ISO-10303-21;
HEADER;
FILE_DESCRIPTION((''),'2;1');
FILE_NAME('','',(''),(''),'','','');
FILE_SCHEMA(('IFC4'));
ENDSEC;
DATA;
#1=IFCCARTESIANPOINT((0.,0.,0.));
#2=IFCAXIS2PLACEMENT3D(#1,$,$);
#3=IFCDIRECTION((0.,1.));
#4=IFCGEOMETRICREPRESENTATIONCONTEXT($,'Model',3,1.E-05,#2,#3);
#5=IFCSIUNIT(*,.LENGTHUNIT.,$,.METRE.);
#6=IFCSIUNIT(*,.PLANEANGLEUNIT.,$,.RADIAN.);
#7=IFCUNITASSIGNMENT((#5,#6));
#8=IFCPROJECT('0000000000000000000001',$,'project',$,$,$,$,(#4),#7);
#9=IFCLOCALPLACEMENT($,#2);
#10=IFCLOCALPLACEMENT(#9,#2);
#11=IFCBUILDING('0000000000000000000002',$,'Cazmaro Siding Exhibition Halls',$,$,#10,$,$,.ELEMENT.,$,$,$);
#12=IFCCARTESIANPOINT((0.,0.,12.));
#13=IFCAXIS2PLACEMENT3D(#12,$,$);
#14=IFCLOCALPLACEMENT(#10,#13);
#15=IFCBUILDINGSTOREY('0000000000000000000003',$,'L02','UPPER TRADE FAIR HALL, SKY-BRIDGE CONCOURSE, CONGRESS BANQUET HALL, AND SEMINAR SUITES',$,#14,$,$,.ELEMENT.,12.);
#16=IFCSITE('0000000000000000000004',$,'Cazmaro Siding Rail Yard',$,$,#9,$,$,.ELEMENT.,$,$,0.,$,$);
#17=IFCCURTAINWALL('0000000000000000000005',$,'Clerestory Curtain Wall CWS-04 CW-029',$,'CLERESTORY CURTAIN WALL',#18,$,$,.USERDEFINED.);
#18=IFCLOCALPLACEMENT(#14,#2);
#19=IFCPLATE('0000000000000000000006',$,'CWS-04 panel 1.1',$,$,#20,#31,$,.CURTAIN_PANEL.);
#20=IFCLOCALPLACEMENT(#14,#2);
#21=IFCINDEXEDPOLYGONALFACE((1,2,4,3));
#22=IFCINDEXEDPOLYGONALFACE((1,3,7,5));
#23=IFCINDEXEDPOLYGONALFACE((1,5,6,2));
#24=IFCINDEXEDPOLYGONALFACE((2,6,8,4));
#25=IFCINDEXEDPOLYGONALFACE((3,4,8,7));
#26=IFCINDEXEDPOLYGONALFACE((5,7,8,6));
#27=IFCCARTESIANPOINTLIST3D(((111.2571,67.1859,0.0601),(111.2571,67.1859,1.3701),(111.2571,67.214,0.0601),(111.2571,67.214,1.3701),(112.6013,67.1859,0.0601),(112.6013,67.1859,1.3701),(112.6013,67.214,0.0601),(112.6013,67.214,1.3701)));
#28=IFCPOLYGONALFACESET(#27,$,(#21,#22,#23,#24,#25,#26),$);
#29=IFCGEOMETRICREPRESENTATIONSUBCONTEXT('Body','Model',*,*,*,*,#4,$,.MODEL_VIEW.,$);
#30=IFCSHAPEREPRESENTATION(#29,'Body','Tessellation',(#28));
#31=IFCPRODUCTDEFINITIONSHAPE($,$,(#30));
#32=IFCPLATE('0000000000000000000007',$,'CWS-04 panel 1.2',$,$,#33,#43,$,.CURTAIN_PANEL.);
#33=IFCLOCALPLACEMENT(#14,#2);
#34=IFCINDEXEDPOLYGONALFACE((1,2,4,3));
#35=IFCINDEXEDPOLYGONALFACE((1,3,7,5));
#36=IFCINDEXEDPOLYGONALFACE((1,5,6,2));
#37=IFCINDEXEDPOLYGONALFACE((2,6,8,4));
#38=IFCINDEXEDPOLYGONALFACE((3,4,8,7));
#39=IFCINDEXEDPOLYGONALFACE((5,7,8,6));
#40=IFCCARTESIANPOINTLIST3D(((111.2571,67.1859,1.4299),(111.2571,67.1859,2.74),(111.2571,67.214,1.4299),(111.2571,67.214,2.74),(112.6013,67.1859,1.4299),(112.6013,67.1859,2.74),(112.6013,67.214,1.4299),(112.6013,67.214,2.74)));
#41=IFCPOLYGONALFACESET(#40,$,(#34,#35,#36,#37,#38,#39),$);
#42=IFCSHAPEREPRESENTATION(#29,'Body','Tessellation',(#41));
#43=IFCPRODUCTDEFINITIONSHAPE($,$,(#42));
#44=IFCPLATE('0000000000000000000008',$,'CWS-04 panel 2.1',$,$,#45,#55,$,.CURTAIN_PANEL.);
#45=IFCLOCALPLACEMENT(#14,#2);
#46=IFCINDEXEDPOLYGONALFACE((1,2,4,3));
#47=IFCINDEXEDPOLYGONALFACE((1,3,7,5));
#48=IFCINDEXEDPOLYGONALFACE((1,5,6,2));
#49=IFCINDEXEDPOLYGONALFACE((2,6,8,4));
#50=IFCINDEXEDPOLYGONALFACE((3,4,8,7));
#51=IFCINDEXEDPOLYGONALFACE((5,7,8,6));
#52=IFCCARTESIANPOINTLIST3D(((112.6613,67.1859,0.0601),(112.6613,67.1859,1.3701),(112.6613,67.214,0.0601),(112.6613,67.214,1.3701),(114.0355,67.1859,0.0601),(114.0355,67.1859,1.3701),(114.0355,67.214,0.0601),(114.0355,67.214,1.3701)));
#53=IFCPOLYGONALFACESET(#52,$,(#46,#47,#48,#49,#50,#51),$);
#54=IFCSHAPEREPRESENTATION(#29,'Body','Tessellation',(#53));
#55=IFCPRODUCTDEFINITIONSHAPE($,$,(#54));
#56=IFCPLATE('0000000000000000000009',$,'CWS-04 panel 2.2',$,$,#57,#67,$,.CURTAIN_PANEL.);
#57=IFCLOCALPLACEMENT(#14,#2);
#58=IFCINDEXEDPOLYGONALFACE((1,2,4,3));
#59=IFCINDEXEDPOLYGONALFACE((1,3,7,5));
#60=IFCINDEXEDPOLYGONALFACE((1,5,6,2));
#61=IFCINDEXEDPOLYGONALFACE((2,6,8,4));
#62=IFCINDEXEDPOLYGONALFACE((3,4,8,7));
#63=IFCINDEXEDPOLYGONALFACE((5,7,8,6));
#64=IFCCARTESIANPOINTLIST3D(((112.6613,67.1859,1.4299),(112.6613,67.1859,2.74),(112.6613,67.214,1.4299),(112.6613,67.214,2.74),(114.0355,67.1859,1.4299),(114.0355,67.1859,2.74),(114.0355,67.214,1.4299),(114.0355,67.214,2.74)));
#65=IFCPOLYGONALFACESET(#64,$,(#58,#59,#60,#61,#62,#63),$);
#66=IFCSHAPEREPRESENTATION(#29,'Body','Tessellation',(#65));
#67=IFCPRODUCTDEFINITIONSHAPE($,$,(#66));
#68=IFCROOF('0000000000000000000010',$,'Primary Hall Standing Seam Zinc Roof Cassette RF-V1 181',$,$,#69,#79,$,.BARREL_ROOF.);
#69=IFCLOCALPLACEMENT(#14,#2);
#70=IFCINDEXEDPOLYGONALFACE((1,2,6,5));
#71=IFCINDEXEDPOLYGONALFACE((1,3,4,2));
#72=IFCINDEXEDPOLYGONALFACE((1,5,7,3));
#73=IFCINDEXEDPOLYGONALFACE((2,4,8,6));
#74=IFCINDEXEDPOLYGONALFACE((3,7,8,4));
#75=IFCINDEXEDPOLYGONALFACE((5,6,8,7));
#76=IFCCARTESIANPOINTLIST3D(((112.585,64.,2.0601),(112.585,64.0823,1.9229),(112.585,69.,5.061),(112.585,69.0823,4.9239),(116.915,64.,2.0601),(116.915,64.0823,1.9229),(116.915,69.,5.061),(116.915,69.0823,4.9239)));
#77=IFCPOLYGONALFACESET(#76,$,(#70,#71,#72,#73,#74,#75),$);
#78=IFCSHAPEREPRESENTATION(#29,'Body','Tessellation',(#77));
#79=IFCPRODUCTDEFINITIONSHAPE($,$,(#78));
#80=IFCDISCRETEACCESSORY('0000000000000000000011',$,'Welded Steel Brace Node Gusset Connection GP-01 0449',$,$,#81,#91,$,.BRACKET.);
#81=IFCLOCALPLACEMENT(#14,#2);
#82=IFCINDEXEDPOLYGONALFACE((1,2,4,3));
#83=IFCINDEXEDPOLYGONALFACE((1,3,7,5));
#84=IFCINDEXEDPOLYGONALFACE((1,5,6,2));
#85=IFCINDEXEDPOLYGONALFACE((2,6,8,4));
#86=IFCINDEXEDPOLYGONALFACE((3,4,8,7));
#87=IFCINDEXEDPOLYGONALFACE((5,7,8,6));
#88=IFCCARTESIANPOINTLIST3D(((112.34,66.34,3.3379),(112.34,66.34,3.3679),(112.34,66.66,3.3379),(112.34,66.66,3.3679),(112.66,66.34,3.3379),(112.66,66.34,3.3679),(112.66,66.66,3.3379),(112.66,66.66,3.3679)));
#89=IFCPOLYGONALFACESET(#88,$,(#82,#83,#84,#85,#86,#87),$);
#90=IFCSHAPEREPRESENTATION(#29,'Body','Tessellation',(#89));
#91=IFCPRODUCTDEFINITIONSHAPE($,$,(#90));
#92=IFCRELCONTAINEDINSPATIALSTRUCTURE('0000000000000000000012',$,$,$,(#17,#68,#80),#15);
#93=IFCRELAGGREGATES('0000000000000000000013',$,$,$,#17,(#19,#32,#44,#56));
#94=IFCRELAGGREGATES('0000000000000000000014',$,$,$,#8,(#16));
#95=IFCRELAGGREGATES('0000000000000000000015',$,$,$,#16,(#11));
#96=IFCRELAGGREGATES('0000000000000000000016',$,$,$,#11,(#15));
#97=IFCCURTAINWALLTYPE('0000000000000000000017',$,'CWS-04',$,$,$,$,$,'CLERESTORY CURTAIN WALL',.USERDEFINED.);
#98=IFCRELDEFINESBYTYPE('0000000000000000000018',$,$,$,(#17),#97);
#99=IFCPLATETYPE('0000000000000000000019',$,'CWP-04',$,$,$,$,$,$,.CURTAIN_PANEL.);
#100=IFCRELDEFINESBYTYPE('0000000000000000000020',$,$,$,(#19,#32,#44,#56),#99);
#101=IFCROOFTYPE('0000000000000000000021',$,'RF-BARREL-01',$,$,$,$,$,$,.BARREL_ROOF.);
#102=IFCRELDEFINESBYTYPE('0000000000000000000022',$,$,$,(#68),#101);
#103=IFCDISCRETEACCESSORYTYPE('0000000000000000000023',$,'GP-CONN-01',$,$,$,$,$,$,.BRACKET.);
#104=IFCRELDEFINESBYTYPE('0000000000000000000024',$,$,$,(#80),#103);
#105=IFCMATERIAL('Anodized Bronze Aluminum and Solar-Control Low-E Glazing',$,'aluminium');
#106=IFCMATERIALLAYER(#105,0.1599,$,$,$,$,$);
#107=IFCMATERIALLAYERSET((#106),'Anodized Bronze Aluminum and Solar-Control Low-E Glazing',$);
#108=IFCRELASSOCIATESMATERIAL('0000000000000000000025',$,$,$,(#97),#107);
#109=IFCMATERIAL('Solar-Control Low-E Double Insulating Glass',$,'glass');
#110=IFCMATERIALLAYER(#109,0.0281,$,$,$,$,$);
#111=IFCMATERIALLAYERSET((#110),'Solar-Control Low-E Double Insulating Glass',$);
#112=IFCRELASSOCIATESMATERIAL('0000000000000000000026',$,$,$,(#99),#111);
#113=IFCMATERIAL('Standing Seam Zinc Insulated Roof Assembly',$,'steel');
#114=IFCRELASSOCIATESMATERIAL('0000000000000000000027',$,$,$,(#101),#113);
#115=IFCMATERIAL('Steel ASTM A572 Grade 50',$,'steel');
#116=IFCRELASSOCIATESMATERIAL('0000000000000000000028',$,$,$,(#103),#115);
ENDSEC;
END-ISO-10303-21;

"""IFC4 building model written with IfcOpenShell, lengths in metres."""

from ifc_helpers import new_model, si_unit, direction, frame, origin, origin_2d, place, context, subcontext, project, spatial, polyline, rectangle, outline, extrude, material, layer, layer_set, type_object, element, aggregate, save


model = new_model("IFC4")

# Units and contexts
model_context = context("Model", 3, precision=1e-05, world=origin(), true_north=direction((0.0, 1.0)))
body_context = subcontext(model_context, "Body", "Model", "MODEL_VIEW")
ifc_project = project(units=[si_unit("LENGTHUNIT", "METRE"), si_unit("PLANEANGLEUNIT", "RADIAN")], contexts=[model_context])

# Site, building, storey
site_placement = place(None, origin())
site = spatial("IfcSite", under=ifc_project, at=site_placement, Name="Cazmaro Siding Rail Yard", CompositionType="ELEMENT", RefElevation=0.0)
building_placement = place(site_placement, origin())
building = spatial("IfcBuilding", under=site, at=building_placement, Name="Cazmaro Siding Exhibition Halls", CompositionType="ELEMENT")
storey_placement = place(building_placement, frame((0.0, 0.0, 12.0)))
storey = spatial("IfcBuildingStorey", under=building, at=storey_placement, Name="L02", Description="UPPER TRADE FAIR HALL, SKY-BRIDGE CONCOURSE, CONGRESS BANQUET HALL, AND SEMINAR SUITES", CompositionType="ELEMENT", Elevation=12.0)

# Shared definitions
ifc_material_1 = material(Name="Anodized Bronze Aluminum and Solar-Control Low-E Glazing", Category="aluminium")
ifc_layer_1 = layer(ifc_material_1, 0.1599)
ifc_layer_set_1 = layer_set([ifc_layer_1], Name="Anodized Bronze Aluminum and Solar-Control Low-E Glazing")
curtain_wall_type_1 = type_object("IfcCurtainWallType", Name="CWS-04", ElementType="CLERESTORY CURTAIN WALL", PredefinedType="USERDEFINED", material=ifc_layer_set_1)

# Curtain wall
curtain_wall_1_placement = place(storey_placement, origin())
curtain_wall_1 = element("IfcCurtainWall", 1, at=curtain_wall_1_placement, inside=storey, type_object=curtain_wall_type_1, Name="Clerestory Curtain Wall CWS-04 CW-029", ObjectType="CLERESTORY CURTAIN WALL", PredefinedType="USERDEFINED")

# Plates
ifc_material_2 = material(Name="Solar-Control Low-E Double Insulating Glass", Category="glass")
ifc_layer_2 = layer(ifc_material_2, 0.0281)
ifc_layer_set_2 = layer_set([ifc_layer_2], Name="Solar-Control Low-E Double Insulating Glass")
plate_type_1 = type_object("IfcPlateType", Name="CWP-04", PredefinedType="CURTAIN_PANEL", material=ifc_layer_set_2)
plate_1_placement = place(storey_placement, frame((111.9292, 67.2, 0.0601), z_axis=(0.0, 0.0, 1.0), x_axis=(1.0, 0.0, 0.0)))
plate_1 = element("IfcPlate", 2, at=plate_1_placement, type_object=plate_type_1, Name="CWS-04 panel 1.1", PredefinedType="CURTAIN_PANEL", context=body_context, shape_type="SweptSolid", body=[
    extrude(rectangle(XDim=1.3442, YDim=0.0281, at=origin_2d()), origin(), (0.0, 0.0, 1.0), 1.3101),
])
plate_2_placement = place(storey_placement, frame((111.9292, 67.2, 1.4299), z_axis=(0.0, 0.0, 1.0), x_axis=(1.0, 0.0, 0.0)))
plate_2 = element("IfcPlate", 3, at=plate_2_placement, type_object=plate_type_1, Name="CWS-04 panel 1.2", PredefinedType="CURTAIN_PANEL", context=body_context, shape_type="SweptSolid", body=[
    extrude(rectangle(XDim=1.3442, YDim=0.0281, at=origin_2d()), origin(), (0.0, 0.0, 1.0), 1.3101),
])
plate_3_placement = place(storey_placement, frame((113.3484, 67.2, 0.0601), z_axis=(0.0, 0.0, 1.0), x_axis=(1.0, 0.0, 0.0)))
plate_3 = element("IfcPlate", 4, at=plate_3_placement, type_object=plate_type_1, Name="CWS-04 panel 2.1", PredefinedType="CURTAIN_PANEL", context=body_context, shape_type="SweptSolid", body=[
    extrude(rectangle(XDim=1.3743, YDim=0.0281, at=origin_2d()), origin(), (0.0, 0.0, 1.0), 1.3101),
])
plate_4_placement = place(storey_placement, frame((113.3484, 67.2, 1.4299), z_axis=(0.0, 0.0, 1.0), x_axis=(1.0, 0.0, 0.0)))
plate_4 = element("IfcPlate", 5, at=plate_4_placement, type_object=plate_type_1, Name="CWS-04 panel 2.2", PredefinedType="CURTAIN_PANEL", context=body_context, shape_type="SweptSolid", body=[
    extrude(rectangle(XDim=1.3743, YDim=0.0281, at=origin_2d()), origin(), (0.0, 0.0, 1.0), 1.3101),
])
aggregate(curtain_wall_1, [plate_1, plate_2, plate_3, plate_4])

# Roof
ifc_material_3 = material(Name="Standing Seam Zinc Insulated Roof Assembly", Category="steel")
roof_type = type_object("IfcRoofType", Name="RF-BARREL-01", PredefinedType="BARREL_ROOF", material=ifc_material_3)
roof_placement = place(storey_placement, frame((112.585, 64.0, 2.0601), z_axis=(0.0, -0.514619, 0.857419), x_axis=(1.0, 0.0, 0.0)))
element("IfcRoof", 6, at=roof_placement, inside=storey, type_object=roof_type, Name="Primary Hall Standing Seam Zinc Roof Cassette RF-V1 181", PredefinedType="BARREL_ROOF", context=body_context, shape_type="SweptSolid", body=[
    extrude(outline(polyline([(0.0, 0.0), (4.3301, 0.0), (4.3301, 5.8315), (0.0, 5.8315), (0.0, 0.0)])), origin(), (0.0, 0.0, -1.0), 0.1599),
])

# Discrete accessory
ifc_material_4 = material(Name="Steel ASTM A572 Grade 50", Category="steel")
discrete_accessory_type = type_object("IfcDiscreteAccessoryType", Name="GP-CONN-01", PredefinedType="BRACKET", material=ifc_material_4)
discrete_accessory_placement = place(storey_placement, frame((112.5, 66.5, 3.3379), z_axis=(0.0, 0.0, 1.0), x_axis=(1.0, 0.0, 0.0)))
element("IfcDiscreteAccessory", 7, at=discrete_accessory_placement, inside=storey, type_object=discrete_accessory_type, Name="Welded Steel Brace Node Gusset Connection GP-01 0449", PredefinedType="BRACKET", context=body_context, shape_type="SweptSolid", body=[
    extrude(rectangle(XDim=0.3201, YDim=0.3201, at=origin_2d()), origin(), (0.0, 0.0, 1.0), 0.03),
])

save(model, "model.ifc")
